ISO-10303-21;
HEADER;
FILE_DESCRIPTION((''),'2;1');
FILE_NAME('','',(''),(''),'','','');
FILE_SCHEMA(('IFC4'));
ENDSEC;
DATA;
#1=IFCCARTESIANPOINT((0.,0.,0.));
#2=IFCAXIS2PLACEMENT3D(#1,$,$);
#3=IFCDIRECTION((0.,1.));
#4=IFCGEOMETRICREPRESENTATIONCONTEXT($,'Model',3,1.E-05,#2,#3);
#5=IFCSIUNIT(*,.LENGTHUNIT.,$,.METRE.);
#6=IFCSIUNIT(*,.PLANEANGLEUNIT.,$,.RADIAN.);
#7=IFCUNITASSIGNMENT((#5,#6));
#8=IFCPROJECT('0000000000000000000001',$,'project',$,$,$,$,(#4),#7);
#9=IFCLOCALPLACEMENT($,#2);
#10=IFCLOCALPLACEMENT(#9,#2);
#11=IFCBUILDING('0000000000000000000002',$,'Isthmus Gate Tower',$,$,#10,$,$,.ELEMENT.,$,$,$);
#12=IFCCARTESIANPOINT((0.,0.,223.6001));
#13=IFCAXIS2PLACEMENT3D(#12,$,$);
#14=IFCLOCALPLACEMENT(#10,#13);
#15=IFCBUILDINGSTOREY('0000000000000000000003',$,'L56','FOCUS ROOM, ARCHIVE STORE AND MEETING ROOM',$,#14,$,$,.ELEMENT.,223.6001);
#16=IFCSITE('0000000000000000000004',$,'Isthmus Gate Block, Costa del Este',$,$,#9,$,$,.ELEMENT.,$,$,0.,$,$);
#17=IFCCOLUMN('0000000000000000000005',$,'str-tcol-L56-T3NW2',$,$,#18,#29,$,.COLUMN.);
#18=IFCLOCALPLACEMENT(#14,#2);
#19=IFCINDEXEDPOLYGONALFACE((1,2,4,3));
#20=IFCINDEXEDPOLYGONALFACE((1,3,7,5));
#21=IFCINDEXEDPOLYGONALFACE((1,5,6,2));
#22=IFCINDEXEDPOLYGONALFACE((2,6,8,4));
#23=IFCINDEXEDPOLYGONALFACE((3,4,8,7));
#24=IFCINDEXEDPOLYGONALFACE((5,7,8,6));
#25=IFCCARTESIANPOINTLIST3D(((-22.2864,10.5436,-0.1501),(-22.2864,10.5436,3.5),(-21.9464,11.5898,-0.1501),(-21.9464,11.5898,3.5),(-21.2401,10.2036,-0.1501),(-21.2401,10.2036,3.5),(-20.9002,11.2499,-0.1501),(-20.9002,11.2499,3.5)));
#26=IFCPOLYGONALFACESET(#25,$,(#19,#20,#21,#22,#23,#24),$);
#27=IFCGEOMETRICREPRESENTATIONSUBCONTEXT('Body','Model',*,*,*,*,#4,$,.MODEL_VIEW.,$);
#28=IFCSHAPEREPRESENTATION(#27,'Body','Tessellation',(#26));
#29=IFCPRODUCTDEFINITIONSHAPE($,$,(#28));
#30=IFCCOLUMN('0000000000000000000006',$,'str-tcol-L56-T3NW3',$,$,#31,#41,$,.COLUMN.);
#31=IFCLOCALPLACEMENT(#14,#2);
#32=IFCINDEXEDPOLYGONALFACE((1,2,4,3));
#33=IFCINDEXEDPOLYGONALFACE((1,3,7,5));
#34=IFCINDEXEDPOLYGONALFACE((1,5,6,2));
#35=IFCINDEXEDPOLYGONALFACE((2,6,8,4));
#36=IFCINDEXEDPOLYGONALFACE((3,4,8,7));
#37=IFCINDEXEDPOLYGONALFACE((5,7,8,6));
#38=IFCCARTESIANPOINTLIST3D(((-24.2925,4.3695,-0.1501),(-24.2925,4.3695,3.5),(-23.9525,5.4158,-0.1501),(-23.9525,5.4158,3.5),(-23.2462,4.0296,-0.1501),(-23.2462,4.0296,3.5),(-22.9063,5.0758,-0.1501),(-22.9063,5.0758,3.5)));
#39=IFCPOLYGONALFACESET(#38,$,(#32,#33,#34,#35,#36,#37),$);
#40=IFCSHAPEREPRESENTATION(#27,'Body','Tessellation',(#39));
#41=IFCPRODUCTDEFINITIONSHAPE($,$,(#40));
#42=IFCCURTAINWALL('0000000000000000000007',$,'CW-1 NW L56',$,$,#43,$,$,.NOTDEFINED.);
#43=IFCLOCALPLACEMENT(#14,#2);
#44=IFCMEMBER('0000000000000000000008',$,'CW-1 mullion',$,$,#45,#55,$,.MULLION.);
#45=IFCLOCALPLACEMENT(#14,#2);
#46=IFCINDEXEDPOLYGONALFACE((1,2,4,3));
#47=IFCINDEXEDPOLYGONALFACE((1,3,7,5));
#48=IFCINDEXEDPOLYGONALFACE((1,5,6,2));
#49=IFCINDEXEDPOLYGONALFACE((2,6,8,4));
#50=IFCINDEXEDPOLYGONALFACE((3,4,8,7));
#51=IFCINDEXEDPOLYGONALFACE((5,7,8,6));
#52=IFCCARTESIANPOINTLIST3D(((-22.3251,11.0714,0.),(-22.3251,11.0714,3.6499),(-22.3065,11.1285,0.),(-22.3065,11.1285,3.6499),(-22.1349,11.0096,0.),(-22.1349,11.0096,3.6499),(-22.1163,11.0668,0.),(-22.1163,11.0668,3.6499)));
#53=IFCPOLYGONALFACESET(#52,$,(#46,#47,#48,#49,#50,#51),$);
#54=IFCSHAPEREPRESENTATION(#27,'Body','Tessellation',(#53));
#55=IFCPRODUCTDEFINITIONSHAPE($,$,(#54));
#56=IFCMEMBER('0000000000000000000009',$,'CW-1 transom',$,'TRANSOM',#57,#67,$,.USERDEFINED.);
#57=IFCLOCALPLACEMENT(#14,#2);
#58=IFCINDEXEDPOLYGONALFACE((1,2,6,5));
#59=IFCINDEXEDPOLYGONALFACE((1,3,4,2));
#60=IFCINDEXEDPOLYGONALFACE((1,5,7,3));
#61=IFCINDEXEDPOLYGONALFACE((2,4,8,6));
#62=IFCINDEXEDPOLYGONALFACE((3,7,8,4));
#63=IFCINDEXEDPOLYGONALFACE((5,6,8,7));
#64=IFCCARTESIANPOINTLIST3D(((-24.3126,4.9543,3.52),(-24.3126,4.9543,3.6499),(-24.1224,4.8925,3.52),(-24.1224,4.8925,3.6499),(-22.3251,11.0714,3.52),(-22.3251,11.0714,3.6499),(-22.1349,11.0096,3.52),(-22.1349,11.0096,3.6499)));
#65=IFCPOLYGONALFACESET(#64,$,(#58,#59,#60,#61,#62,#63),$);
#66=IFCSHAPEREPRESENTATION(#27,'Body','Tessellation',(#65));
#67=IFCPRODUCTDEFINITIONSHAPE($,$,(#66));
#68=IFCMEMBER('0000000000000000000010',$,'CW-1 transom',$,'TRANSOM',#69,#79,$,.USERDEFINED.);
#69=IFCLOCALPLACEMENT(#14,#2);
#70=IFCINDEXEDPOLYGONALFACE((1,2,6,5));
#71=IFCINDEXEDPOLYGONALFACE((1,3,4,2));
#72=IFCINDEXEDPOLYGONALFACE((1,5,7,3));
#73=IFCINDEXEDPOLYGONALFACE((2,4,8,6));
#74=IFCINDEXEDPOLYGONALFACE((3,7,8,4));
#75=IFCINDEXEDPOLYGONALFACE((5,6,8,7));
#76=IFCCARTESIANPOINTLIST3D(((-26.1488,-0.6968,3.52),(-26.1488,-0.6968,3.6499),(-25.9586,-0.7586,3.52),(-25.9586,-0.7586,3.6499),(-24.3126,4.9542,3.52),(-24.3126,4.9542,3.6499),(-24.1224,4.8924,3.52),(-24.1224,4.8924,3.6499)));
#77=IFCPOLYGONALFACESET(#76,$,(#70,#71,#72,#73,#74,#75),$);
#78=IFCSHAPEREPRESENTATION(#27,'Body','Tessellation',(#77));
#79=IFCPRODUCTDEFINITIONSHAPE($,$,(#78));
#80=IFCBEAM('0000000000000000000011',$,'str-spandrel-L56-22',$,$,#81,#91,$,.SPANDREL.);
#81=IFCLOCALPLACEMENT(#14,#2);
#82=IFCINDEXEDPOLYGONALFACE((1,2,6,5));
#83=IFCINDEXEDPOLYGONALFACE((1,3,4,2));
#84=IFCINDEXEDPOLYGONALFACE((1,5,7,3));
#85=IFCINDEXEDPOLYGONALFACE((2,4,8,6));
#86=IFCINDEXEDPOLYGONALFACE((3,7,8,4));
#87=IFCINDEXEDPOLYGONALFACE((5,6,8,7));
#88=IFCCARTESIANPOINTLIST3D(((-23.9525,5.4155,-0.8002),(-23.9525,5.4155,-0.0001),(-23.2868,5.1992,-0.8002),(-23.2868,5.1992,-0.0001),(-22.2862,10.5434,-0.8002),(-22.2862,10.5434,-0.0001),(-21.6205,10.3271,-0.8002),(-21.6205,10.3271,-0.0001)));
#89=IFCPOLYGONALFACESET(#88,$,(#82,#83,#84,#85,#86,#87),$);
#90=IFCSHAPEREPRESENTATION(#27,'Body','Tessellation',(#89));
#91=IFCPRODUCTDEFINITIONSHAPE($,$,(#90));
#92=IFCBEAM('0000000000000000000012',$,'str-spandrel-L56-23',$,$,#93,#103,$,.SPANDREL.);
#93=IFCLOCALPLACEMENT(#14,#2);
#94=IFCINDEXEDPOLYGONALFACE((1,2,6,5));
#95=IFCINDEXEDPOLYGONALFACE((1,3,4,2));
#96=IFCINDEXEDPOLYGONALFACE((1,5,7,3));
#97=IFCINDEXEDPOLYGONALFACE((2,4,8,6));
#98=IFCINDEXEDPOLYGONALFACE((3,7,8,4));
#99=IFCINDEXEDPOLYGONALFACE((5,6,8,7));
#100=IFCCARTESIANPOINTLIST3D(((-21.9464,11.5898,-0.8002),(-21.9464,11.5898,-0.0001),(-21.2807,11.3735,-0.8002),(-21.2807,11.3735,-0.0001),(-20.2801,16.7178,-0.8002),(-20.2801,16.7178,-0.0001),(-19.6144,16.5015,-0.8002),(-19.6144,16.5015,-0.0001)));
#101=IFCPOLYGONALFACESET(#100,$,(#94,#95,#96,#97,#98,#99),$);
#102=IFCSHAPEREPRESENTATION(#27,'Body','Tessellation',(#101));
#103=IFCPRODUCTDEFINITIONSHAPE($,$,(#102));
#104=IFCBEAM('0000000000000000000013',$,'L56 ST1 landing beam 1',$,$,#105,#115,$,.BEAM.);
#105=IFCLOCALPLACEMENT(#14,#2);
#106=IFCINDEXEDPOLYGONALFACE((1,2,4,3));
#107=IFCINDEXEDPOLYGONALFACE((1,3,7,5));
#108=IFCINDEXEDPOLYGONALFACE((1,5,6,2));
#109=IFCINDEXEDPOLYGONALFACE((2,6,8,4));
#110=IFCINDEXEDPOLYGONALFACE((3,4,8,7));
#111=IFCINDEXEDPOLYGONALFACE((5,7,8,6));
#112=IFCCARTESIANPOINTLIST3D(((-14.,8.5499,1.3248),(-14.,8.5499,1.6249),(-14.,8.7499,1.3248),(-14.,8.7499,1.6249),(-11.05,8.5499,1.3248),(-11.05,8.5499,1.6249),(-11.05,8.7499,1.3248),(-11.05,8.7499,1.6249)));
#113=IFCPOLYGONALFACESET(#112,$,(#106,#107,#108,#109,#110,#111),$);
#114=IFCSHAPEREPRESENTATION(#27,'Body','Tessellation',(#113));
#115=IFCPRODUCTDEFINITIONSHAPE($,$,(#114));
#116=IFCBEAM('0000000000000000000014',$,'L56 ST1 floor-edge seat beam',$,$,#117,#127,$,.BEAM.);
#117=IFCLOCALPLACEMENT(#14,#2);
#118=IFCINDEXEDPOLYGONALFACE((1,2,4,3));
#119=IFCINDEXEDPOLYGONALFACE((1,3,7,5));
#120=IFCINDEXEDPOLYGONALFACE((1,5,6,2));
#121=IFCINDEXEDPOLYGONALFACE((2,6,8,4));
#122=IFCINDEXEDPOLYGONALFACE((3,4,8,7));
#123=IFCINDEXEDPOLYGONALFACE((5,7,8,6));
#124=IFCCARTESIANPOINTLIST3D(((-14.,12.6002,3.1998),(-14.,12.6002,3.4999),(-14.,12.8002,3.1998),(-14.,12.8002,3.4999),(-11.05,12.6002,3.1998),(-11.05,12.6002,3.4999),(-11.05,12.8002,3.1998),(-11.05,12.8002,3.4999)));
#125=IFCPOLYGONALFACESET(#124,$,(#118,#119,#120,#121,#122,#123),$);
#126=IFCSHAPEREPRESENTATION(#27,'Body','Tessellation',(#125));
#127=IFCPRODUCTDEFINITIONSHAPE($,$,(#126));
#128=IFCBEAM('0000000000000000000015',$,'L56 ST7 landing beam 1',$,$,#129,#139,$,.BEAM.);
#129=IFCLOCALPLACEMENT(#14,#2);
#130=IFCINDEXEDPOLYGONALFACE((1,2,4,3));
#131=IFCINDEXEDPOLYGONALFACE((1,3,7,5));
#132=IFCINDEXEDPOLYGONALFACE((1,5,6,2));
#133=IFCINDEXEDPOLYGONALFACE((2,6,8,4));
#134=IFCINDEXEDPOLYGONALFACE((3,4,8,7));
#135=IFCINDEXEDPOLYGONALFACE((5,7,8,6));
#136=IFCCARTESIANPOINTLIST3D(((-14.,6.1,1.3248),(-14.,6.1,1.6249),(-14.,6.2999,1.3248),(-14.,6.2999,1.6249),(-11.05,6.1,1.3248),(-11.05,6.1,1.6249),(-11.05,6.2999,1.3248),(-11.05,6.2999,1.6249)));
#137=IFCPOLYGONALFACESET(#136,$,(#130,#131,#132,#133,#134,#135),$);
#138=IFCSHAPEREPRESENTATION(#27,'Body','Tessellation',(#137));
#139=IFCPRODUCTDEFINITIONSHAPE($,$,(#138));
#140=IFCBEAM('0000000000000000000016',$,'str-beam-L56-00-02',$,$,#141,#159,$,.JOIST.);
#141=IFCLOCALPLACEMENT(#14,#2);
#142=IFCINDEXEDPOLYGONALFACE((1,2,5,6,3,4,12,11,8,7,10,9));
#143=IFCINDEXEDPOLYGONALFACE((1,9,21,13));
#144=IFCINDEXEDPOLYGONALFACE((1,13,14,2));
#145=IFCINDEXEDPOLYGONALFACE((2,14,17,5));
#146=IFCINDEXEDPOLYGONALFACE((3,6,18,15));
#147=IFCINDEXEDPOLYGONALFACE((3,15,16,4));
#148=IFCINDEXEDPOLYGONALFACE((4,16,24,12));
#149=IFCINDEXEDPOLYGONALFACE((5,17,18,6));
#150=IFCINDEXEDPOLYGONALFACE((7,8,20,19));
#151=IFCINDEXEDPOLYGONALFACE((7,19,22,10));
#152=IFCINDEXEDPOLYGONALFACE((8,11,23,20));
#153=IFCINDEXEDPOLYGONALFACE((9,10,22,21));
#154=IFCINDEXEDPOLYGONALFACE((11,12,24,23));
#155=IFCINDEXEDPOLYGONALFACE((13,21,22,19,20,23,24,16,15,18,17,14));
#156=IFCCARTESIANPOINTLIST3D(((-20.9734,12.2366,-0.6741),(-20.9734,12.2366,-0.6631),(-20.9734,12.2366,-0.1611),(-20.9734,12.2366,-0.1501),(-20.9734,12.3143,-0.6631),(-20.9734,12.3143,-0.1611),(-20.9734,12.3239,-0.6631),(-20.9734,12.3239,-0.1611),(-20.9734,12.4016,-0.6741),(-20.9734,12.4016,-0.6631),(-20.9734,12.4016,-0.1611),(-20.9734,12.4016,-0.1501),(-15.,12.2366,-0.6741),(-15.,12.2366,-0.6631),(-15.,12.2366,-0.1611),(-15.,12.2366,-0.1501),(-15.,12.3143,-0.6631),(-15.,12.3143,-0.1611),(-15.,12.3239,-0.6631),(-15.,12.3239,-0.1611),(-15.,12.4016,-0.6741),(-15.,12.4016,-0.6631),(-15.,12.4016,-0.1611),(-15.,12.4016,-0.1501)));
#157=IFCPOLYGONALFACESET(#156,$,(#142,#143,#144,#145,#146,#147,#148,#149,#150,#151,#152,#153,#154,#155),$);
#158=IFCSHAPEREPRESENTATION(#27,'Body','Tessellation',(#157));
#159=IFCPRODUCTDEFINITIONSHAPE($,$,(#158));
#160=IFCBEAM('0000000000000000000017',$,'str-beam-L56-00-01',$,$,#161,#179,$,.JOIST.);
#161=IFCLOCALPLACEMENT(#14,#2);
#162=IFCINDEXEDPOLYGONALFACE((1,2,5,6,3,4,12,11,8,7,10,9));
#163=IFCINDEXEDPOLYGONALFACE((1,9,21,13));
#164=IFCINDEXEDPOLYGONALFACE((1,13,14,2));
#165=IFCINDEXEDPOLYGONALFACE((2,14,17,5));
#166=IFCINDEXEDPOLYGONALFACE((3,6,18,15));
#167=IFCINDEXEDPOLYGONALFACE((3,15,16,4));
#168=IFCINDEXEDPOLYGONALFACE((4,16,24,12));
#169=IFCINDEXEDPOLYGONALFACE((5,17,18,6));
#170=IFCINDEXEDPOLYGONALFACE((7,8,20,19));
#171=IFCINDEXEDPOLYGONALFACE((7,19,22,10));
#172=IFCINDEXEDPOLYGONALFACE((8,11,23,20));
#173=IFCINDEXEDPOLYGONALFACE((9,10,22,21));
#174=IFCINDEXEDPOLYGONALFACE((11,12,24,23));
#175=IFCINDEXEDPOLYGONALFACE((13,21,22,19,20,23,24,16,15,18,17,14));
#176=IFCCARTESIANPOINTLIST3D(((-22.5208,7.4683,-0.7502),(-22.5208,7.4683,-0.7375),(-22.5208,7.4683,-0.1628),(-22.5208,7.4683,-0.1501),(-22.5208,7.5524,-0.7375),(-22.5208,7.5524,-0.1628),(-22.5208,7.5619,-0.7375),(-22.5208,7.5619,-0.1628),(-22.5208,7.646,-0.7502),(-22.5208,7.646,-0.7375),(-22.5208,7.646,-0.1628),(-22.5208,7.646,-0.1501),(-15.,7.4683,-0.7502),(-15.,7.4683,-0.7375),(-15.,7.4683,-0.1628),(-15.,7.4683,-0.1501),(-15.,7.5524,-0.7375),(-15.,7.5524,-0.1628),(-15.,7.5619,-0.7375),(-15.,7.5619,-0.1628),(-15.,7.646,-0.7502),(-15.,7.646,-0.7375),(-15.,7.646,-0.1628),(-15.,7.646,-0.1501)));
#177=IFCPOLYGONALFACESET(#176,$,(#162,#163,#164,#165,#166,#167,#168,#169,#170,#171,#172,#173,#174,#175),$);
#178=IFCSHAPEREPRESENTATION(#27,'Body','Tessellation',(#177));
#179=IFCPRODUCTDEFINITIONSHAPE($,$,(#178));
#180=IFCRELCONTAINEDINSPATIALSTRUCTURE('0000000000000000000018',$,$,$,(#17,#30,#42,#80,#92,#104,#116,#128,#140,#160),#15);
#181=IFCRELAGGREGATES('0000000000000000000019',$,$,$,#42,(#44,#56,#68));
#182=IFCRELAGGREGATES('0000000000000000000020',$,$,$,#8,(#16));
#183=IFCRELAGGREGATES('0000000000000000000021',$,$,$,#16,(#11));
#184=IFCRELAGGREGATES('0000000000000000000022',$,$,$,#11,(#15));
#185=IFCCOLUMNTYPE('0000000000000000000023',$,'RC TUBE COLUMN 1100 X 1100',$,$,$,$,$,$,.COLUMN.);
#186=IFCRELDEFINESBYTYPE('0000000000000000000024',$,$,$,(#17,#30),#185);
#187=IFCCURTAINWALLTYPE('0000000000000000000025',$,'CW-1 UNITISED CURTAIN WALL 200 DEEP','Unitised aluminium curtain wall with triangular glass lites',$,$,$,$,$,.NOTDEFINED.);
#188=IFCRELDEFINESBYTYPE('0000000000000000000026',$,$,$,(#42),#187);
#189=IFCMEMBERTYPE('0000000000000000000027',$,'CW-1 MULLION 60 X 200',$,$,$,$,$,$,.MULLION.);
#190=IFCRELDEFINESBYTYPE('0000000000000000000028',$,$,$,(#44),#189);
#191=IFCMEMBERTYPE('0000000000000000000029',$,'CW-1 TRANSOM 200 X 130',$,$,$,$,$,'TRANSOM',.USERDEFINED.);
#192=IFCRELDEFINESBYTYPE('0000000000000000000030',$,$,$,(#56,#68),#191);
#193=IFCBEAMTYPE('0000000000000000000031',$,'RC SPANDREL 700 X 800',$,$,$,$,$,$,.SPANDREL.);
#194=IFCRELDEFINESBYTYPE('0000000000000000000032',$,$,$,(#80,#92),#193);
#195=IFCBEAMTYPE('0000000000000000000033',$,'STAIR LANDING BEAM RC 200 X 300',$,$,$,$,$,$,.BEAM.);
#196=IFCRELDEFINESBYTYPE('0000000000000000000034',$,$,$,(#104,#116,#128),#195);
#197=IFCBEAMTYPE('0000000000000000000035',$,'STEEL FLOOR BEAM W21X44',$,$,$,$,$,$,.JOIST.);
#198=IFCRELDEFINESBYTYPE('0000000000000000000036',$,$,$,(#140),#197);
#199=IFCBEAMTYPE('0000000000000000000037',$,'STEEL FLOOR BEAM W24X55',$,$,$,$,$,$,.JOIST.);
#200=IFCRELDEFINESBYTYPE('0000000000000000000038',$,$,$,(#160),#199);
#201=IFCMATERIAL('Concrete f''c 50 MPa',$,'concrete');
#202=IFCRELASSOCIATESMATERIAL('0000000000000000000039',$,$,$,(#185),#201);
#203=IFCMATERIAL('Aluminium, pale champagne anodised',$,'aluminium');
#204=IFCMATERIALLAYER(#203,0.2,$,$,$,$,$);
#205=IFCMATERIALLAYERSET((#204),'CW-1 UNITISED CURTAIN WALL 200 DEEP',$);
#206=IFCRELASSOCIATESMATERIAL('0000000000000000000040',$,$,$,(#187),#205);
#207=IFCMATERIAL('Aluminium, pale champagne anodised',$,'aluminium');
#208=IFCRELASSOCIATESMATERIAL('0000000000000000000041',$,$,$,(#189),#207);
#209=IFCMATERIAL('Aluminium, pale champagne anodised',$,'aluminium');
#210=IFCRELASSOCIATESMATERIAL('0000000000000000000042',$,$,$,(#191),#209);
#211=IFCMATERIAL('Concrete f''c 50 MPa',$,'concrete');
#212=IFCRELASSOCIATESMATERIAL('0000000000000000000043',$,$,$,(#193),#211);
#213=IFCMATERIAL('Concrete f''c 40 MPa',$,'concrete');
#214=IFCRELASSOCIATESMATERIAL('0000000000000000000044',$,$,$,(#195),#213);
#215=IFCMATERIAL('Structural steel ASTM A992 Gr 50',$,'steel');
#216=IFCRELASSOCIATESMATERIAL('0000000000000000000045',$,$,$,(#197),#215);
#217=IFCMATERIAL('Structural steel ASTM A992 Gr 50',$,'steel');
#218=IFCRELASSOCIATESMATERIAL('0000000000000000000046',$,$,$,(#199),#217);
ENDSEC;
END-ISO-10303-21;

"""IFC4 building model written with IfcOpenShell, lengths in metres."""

from ifc_helpers import new_model, si_unit, direction, frame, origin, origin_2d, place, context, subcontext, project, spatial, rectangle, i_section, extrude, material, layer, layer_set, material_profile, profile_set, type_object, element, aggregate, save


model = new_model("IFC4")

# Units and contexts
model_context = context("Model", 3, precision=1e-05, world=origin(), true_north=direction((0.0, 1.0)))
body_context = subcontext(model_context, "Body", "Model", "MODEL_VIEW")
ifc_project = project(units=[si_unit("LENGTHUNIT", "METRE"), si_unit("PLANEANGLEUNIT", "RADIAN")], contexts=[model_context])

# Site, building, storey
site_placement = place(None, origin())
site = spatial("IfcSite", under=ifc_project, at=site_placement, Name="Isthmus Gate Block, Costa del Este", CompositionType="ELEMENT", RefElevation=0.0)
building_placement = place(site_placement, origin())
building = spatial("IfcBuilding", under=site, at=building_placement, Name="Isthmus Gate Tower", CompositionType="ELEMENT")
storey_placement = place(building_placement, frame((0.0, 0.0, 223.6001)))
storey = spatial("IfcBuildingStorey", under=building, at=storey_placement, Name="L56", Description="FOCUS ROOM, ARCHIVE STORE AND MEETING ROOM", CompositionType="ELEMENT", Elevation=223.6001)

# Columns
ifc_material_1 = material(Name="Concrete f'c 50 MPa", Category="concrete")
ifc_material_profile_1 = material_profile(ifc_material_1, rectangle(XDim=1.1001, YDim=1.1001, at=origin_2d()), Name="RC 1100X1100")
ifc_profile_set_1 = profile_set([ifc_material_profile_1], Name="Concrete f'c 50 MPa")
column_type = type_object("IfcColumnType", Name="RC TUBE COLUMN 1100 X 1100", PredefinedType="COLUMN", material=ifc_profile_set_1)
for number, where, z_axis, x_axis, name in (
    (1, (-21.5933, 10.8967, -0.1501), (0.0, 0.0, 1.0), (-0.309017, -0.951057, 0.0), "str-tcol-L56-T3NW2"),
    (2, (-23.5994, 4.7227, -0.1501), (0.0, 0.0, 1.0), (-0.309017, -0.951057, 0.0), "str-tcol-L56-T3NW3"),
):
    element("IfcColumn", number, at=place(storey_placement, frame(where, z_axis=z_axis, x_axis=x_axis)), inside=storey, type_object=column_type, Name=name, PredefinedType="COLUMN", context=body_context, shape_type="SweptSolid", body=[
        extrude(rectangle(XDim=1.1001, YDim=1.1001, at=origin_2d()), origin(), (0.0, 0.0, 1.0), 3.6501),
    ])

# Curtain wall, members
ifc_material_2 = material(Name="Aluminium, pale champagne anodised", Category="aluminium")
ifc_layer_1 = layer(ifc_material_2, 0.2)
ifc_layer_set_1 = layer_set([ifc_layer_1], Name="CW-1 UNITISED CURTAIN WALL 200 DEEP")
curtain_wall_type = type_object("IfcCurtainWallType", Name="CW-1 UNITISED CURTAIN WALL 200 DEEP", Description="Unitised aluminium curtain wall with triangular glass lites", PredefinedType="NOTDEFINED", material=ifc_layer_set_1)
curtain_wall_placement = place(storey_placement, origin())
curtain_wall = element("IfcCurtainWall", 3, at=curtain_wall_placement, inside=storey, type_object=curtain_wall_type, Name="CW-1 NW L56", PredefinedType="NOTDEFINED")
ifc_material_3 = material(Name="Aluminium, pale champagne anodised", Category="aluminium")
ifc_material_profile_2 = material_profile(ifc_material_3, rectangle(XDim=0.0601, YDim=0.2, at=origin_2d()), Name="60x200")
ifc_profile_set_2 = profile_set([ifc_material_profile_2], Name="Aluminium, pale champagne anodised")
member_type_1 = type_object("IfcMemberType", Name="CW-1 MULLION 60 X 200", PredefinedType="MULLION", material=ifc_profile_set_2)
member_1_placement = place(storey_placement, frame((-22.2207, 11.0691, 0.0), z_axis=(0.0, 0.0, 1.0), x_axis=(-0.309017, -0.951057, 0.0)))
member_1 = element("IfcMember", 4, at=member_1_placement, type_object=member_type_1, Name="CW-1 mullion", PredefinedType="MULLION", context=body_context, shape_type="SweptSolid", body=[
    extrude(rectangle(XDim=0.0601, YDim=0.2, at=origin_2d()), origin(), (0.0, 0.0, 1.0), 3.6499),
])
ifc_material_4 = material(Name="Aluminium, pale champagne anodised", Category="aluminium")
ifc_material_profile_3 = material_profile(ifc_material_4, rectangle(XDim=0.2, YDim=0.1299, at=origin_2d()), Name="200x130")
ifc_profile_set_3 = profile_set([ifc_material_profile_3], Name="Aluminium, pale champagne anodised")
member_type_2 = type_object("IfcMemberType", Name="CW-1 TRANSOM 200 X 130", ElementType="TRANSOM", PredefinedType="USERDEFINED", material=ifc_profile_set_3)
member_2_placement = place(storey_placement, frame((-22.23, 11.0405, 3.585), z_axis=(-0.309011, -0.951059, 0.0), x_axis=(0.951059, -0.309011, 0.0)))
member_2 = element("IfcMember", 5, at=member_2_placement, type_object=member_type_2, Name="CW-1 transom", ObjectType="TRANSOM", PredefinedType="USERDEFINED", context=body_context, shape_type="SweptSolid", body=[
    extrude(rectangle(XDim=0.2, YDim=0.1299, at=origin_2d()), origin(), (0.0, 0.0, 1.0), 6.4319),
])
member_3_placement = place(storey_placement, frame((-24.2175, 4.9233, 3.585), z_axis=(-0.30902, -0.951056, 0.0), x_axis=(0.951056, -0.30902, 0.0)))
member_3 = element("IfcMember", 6, at=member_3_placement, type_object=member_type_2, Name="CW-1 transom", ObjectType="TRANSOM", PredefinedType="USERDEFINED", context=body_context, shape_type="SweptSolid", body=[
    extrude(rectangle(XDim=0.2, YDim=0.1299, at=origin_2d()), origin(), (0.0, 0.0, 1.0), 5.9419),
])

# Beams
ifc_material_5 = material(Name="Concrete f'c 50 MPa", Category="concrete")
ifc_material_profile_4 = material_profile(ifc_material_5, rectangle(XDim=0.7, YDim=0.8, at=origin_2d()), Name="RC 700X800")
ifc_profile_set_4 = profile_set([ifc_material_profile_4], Name="Concrete f'c 50 MPa")
beam_type_1 = type_object("IfcBeamType", Name="RC SPANDREL 700 X 800", PredefinedType="SPANDREL", material=ifc_profile_set_4)
for number, where, z_axis, x_axis, name in (
    (7, (-23.6196, 5.3074, -0.4001), (0.309033, 0.951051, 0.0), (-0.951051, 0.309033, 0.0), "str-spandrel-L56-22"),
    (8, (-21.6135, 11.4817, -0.4001), (0.309033, 0.951051, 0.0), (-0.951051, 0.309033, 0.0), "str-spandrel-L56-23"),
):
    element("IfcBeam", number, at=place(storey_placement, frame(where, z_axis=z_axis, x_axis=x_axis)), inside=storey, type_object=beam_type_1, Name=name, PredefinedType="SPANDREL", context=body_context, shape_type="SweptSolid", body=[
        extrude(rectangle(XDim=0.7, YDim=0.8, at=origin_2d()), origin(), (0.0, 0.0, 1.0), 5.3918),
    ])
ifc_material_6 = material(Name="Concrete f'c 40 MPa", Category="concrete")
ifc_material_profile_5 = material_profile(ifc_material_6, rectangle(XDim=0.2, YDim=0.3, at=origin_2d()), Name="STAIR LANDING BEAM RC 200 X 300")
ifc_profile_set_5 = profile_set([ifc_material_profile_5], Name="Concrete f'c 40 MPa")
beam_type_2 = type_object("IfcBeamType", Name="STAIR LANDING BEAM RC 200 X 300", PredefinedType="BEAM", material=ifc_profile_set_5)
for number, where, z_axis, x_axis, name in (
    (9, (-14.0, 8.6499, 1.4749), (1.0, 0.0, 0.0), (0.0, 1.0, 0.0), "L56 ST1 landing beam 1"),
    (10, (-14.0, 12.7002, 3.3499), (1.0, 0.0, 0.0), (0.0, 1.0, 0.0), "L56 ST1 floor-edge seat beam"),
    (11, (-14.0, 6.2, 1.4749), (1.0, 0.0, 0.0), (0.0, 1.0, 0.0), "L56 ST7 landing beam 1"),
):
    element("IfcBeam", number, at=place(storey_placement, frame(where, z_axis=z_axis, x_axis=x_axis)), inside=storey, type_object=beam_type_2, Name=name, PredefinedType="BEAM", context=body_context, shape_type="SweptSolid", body=[
        extrude(rectangle(XDim=0.2, YDim=0.3, at=origin_2d()), origin(), (0.0, 0.0, 1.0), 2.95),
    ])
ifc_material_7 = material(Name="Structural steel ASTM A992 Gr 50", Category="steel")
ifc_material_profile_6 = material_profile(ifc_material_7, i_section(OverallWidth=0.165, OverallDepth=0.5239, WebThickness=0.0095, FlangeThickness=0.011, at=origin_2d()), Name="W21X44")
ifc_profile_set_6 = profile_set([ifc_material_profile_6], Name="Structural steel ASTM A992 Gr 50")
beam_type_3 = type_object("IfcBeamType", Name="STEEL FLOOR BEAM W21X44", PredefinedType="JOIST", material=ifc_profile_set_6)
beam_1_placement = place(storey_placement, frame((-20.9734, 12.3191, -0.4121), z_axis=(1.0, 0.0, 0.0), x_axis=(0.0, 1.0, 0.0)))
element("IfcBeam", 12, at=beam_1_placement, inside=storey, type_object=beam_type_3, Name="str-beam-L56-00-02", PredefinedType="JOIST", context=body_context, shape_type="SweptSolid", body=[
    extrude(i_section(OverallWidth=0.165, OverallDepth=0.5239, WebThickness=0.0095, FlangeThickness=0.011, at=origin_2d()), origin(), (0.0, 0.0, 1.0), 5.9734),
])
ifc_material_8 = material(Name="Structural steel ASTM A992 Gr 50", Category="steel")
ifc_material_profile_7 = material_profile(ifc_material_8, i_section(OverallWidth=0.1777, OverallDepth=0.6001, WebThickness=0.0095, FlangeThickness=0.0127, at=origin_2d()), Name="W24X55")
ifc_profile_set_7 = profile_set([ifc_material_profile_7], Name="Structural steel ASTM A992 Gr 50")
beam_type_4 = type_object("IfcBeamType", Name="STEEL FLOOR BEAM W24X55", PredefinedType="JOIST", material=ifc_profile_set_7)
beam_2_placement = place(storey_placement, frame((-22.5208, 7.5571, -0.4502), z_axis=(1.0, 0.0, 0.0), x_axis=(0.0, 1.0, 0.0)))
element("IfcBeam", 13, at=beam_2_placement, inside=storey, type_object=beam_type_4, Name="str-beam-L56-00-01", PredefinedType="JOIST", context=body_context, shape_type="SweptSolid", body=[
    extrude(i_section(OverallWidth=0.1777, OverallDepth=0.6001, WebThickness=0.0095, FlangeThickness=0.0127, at=origin_2d()), origin(), (0.0, 0.0, 1.0), 7.5208),
])

aggregate(curtain_wall, [member_1, member_2, member_3])

save(model, "model.ifc")
